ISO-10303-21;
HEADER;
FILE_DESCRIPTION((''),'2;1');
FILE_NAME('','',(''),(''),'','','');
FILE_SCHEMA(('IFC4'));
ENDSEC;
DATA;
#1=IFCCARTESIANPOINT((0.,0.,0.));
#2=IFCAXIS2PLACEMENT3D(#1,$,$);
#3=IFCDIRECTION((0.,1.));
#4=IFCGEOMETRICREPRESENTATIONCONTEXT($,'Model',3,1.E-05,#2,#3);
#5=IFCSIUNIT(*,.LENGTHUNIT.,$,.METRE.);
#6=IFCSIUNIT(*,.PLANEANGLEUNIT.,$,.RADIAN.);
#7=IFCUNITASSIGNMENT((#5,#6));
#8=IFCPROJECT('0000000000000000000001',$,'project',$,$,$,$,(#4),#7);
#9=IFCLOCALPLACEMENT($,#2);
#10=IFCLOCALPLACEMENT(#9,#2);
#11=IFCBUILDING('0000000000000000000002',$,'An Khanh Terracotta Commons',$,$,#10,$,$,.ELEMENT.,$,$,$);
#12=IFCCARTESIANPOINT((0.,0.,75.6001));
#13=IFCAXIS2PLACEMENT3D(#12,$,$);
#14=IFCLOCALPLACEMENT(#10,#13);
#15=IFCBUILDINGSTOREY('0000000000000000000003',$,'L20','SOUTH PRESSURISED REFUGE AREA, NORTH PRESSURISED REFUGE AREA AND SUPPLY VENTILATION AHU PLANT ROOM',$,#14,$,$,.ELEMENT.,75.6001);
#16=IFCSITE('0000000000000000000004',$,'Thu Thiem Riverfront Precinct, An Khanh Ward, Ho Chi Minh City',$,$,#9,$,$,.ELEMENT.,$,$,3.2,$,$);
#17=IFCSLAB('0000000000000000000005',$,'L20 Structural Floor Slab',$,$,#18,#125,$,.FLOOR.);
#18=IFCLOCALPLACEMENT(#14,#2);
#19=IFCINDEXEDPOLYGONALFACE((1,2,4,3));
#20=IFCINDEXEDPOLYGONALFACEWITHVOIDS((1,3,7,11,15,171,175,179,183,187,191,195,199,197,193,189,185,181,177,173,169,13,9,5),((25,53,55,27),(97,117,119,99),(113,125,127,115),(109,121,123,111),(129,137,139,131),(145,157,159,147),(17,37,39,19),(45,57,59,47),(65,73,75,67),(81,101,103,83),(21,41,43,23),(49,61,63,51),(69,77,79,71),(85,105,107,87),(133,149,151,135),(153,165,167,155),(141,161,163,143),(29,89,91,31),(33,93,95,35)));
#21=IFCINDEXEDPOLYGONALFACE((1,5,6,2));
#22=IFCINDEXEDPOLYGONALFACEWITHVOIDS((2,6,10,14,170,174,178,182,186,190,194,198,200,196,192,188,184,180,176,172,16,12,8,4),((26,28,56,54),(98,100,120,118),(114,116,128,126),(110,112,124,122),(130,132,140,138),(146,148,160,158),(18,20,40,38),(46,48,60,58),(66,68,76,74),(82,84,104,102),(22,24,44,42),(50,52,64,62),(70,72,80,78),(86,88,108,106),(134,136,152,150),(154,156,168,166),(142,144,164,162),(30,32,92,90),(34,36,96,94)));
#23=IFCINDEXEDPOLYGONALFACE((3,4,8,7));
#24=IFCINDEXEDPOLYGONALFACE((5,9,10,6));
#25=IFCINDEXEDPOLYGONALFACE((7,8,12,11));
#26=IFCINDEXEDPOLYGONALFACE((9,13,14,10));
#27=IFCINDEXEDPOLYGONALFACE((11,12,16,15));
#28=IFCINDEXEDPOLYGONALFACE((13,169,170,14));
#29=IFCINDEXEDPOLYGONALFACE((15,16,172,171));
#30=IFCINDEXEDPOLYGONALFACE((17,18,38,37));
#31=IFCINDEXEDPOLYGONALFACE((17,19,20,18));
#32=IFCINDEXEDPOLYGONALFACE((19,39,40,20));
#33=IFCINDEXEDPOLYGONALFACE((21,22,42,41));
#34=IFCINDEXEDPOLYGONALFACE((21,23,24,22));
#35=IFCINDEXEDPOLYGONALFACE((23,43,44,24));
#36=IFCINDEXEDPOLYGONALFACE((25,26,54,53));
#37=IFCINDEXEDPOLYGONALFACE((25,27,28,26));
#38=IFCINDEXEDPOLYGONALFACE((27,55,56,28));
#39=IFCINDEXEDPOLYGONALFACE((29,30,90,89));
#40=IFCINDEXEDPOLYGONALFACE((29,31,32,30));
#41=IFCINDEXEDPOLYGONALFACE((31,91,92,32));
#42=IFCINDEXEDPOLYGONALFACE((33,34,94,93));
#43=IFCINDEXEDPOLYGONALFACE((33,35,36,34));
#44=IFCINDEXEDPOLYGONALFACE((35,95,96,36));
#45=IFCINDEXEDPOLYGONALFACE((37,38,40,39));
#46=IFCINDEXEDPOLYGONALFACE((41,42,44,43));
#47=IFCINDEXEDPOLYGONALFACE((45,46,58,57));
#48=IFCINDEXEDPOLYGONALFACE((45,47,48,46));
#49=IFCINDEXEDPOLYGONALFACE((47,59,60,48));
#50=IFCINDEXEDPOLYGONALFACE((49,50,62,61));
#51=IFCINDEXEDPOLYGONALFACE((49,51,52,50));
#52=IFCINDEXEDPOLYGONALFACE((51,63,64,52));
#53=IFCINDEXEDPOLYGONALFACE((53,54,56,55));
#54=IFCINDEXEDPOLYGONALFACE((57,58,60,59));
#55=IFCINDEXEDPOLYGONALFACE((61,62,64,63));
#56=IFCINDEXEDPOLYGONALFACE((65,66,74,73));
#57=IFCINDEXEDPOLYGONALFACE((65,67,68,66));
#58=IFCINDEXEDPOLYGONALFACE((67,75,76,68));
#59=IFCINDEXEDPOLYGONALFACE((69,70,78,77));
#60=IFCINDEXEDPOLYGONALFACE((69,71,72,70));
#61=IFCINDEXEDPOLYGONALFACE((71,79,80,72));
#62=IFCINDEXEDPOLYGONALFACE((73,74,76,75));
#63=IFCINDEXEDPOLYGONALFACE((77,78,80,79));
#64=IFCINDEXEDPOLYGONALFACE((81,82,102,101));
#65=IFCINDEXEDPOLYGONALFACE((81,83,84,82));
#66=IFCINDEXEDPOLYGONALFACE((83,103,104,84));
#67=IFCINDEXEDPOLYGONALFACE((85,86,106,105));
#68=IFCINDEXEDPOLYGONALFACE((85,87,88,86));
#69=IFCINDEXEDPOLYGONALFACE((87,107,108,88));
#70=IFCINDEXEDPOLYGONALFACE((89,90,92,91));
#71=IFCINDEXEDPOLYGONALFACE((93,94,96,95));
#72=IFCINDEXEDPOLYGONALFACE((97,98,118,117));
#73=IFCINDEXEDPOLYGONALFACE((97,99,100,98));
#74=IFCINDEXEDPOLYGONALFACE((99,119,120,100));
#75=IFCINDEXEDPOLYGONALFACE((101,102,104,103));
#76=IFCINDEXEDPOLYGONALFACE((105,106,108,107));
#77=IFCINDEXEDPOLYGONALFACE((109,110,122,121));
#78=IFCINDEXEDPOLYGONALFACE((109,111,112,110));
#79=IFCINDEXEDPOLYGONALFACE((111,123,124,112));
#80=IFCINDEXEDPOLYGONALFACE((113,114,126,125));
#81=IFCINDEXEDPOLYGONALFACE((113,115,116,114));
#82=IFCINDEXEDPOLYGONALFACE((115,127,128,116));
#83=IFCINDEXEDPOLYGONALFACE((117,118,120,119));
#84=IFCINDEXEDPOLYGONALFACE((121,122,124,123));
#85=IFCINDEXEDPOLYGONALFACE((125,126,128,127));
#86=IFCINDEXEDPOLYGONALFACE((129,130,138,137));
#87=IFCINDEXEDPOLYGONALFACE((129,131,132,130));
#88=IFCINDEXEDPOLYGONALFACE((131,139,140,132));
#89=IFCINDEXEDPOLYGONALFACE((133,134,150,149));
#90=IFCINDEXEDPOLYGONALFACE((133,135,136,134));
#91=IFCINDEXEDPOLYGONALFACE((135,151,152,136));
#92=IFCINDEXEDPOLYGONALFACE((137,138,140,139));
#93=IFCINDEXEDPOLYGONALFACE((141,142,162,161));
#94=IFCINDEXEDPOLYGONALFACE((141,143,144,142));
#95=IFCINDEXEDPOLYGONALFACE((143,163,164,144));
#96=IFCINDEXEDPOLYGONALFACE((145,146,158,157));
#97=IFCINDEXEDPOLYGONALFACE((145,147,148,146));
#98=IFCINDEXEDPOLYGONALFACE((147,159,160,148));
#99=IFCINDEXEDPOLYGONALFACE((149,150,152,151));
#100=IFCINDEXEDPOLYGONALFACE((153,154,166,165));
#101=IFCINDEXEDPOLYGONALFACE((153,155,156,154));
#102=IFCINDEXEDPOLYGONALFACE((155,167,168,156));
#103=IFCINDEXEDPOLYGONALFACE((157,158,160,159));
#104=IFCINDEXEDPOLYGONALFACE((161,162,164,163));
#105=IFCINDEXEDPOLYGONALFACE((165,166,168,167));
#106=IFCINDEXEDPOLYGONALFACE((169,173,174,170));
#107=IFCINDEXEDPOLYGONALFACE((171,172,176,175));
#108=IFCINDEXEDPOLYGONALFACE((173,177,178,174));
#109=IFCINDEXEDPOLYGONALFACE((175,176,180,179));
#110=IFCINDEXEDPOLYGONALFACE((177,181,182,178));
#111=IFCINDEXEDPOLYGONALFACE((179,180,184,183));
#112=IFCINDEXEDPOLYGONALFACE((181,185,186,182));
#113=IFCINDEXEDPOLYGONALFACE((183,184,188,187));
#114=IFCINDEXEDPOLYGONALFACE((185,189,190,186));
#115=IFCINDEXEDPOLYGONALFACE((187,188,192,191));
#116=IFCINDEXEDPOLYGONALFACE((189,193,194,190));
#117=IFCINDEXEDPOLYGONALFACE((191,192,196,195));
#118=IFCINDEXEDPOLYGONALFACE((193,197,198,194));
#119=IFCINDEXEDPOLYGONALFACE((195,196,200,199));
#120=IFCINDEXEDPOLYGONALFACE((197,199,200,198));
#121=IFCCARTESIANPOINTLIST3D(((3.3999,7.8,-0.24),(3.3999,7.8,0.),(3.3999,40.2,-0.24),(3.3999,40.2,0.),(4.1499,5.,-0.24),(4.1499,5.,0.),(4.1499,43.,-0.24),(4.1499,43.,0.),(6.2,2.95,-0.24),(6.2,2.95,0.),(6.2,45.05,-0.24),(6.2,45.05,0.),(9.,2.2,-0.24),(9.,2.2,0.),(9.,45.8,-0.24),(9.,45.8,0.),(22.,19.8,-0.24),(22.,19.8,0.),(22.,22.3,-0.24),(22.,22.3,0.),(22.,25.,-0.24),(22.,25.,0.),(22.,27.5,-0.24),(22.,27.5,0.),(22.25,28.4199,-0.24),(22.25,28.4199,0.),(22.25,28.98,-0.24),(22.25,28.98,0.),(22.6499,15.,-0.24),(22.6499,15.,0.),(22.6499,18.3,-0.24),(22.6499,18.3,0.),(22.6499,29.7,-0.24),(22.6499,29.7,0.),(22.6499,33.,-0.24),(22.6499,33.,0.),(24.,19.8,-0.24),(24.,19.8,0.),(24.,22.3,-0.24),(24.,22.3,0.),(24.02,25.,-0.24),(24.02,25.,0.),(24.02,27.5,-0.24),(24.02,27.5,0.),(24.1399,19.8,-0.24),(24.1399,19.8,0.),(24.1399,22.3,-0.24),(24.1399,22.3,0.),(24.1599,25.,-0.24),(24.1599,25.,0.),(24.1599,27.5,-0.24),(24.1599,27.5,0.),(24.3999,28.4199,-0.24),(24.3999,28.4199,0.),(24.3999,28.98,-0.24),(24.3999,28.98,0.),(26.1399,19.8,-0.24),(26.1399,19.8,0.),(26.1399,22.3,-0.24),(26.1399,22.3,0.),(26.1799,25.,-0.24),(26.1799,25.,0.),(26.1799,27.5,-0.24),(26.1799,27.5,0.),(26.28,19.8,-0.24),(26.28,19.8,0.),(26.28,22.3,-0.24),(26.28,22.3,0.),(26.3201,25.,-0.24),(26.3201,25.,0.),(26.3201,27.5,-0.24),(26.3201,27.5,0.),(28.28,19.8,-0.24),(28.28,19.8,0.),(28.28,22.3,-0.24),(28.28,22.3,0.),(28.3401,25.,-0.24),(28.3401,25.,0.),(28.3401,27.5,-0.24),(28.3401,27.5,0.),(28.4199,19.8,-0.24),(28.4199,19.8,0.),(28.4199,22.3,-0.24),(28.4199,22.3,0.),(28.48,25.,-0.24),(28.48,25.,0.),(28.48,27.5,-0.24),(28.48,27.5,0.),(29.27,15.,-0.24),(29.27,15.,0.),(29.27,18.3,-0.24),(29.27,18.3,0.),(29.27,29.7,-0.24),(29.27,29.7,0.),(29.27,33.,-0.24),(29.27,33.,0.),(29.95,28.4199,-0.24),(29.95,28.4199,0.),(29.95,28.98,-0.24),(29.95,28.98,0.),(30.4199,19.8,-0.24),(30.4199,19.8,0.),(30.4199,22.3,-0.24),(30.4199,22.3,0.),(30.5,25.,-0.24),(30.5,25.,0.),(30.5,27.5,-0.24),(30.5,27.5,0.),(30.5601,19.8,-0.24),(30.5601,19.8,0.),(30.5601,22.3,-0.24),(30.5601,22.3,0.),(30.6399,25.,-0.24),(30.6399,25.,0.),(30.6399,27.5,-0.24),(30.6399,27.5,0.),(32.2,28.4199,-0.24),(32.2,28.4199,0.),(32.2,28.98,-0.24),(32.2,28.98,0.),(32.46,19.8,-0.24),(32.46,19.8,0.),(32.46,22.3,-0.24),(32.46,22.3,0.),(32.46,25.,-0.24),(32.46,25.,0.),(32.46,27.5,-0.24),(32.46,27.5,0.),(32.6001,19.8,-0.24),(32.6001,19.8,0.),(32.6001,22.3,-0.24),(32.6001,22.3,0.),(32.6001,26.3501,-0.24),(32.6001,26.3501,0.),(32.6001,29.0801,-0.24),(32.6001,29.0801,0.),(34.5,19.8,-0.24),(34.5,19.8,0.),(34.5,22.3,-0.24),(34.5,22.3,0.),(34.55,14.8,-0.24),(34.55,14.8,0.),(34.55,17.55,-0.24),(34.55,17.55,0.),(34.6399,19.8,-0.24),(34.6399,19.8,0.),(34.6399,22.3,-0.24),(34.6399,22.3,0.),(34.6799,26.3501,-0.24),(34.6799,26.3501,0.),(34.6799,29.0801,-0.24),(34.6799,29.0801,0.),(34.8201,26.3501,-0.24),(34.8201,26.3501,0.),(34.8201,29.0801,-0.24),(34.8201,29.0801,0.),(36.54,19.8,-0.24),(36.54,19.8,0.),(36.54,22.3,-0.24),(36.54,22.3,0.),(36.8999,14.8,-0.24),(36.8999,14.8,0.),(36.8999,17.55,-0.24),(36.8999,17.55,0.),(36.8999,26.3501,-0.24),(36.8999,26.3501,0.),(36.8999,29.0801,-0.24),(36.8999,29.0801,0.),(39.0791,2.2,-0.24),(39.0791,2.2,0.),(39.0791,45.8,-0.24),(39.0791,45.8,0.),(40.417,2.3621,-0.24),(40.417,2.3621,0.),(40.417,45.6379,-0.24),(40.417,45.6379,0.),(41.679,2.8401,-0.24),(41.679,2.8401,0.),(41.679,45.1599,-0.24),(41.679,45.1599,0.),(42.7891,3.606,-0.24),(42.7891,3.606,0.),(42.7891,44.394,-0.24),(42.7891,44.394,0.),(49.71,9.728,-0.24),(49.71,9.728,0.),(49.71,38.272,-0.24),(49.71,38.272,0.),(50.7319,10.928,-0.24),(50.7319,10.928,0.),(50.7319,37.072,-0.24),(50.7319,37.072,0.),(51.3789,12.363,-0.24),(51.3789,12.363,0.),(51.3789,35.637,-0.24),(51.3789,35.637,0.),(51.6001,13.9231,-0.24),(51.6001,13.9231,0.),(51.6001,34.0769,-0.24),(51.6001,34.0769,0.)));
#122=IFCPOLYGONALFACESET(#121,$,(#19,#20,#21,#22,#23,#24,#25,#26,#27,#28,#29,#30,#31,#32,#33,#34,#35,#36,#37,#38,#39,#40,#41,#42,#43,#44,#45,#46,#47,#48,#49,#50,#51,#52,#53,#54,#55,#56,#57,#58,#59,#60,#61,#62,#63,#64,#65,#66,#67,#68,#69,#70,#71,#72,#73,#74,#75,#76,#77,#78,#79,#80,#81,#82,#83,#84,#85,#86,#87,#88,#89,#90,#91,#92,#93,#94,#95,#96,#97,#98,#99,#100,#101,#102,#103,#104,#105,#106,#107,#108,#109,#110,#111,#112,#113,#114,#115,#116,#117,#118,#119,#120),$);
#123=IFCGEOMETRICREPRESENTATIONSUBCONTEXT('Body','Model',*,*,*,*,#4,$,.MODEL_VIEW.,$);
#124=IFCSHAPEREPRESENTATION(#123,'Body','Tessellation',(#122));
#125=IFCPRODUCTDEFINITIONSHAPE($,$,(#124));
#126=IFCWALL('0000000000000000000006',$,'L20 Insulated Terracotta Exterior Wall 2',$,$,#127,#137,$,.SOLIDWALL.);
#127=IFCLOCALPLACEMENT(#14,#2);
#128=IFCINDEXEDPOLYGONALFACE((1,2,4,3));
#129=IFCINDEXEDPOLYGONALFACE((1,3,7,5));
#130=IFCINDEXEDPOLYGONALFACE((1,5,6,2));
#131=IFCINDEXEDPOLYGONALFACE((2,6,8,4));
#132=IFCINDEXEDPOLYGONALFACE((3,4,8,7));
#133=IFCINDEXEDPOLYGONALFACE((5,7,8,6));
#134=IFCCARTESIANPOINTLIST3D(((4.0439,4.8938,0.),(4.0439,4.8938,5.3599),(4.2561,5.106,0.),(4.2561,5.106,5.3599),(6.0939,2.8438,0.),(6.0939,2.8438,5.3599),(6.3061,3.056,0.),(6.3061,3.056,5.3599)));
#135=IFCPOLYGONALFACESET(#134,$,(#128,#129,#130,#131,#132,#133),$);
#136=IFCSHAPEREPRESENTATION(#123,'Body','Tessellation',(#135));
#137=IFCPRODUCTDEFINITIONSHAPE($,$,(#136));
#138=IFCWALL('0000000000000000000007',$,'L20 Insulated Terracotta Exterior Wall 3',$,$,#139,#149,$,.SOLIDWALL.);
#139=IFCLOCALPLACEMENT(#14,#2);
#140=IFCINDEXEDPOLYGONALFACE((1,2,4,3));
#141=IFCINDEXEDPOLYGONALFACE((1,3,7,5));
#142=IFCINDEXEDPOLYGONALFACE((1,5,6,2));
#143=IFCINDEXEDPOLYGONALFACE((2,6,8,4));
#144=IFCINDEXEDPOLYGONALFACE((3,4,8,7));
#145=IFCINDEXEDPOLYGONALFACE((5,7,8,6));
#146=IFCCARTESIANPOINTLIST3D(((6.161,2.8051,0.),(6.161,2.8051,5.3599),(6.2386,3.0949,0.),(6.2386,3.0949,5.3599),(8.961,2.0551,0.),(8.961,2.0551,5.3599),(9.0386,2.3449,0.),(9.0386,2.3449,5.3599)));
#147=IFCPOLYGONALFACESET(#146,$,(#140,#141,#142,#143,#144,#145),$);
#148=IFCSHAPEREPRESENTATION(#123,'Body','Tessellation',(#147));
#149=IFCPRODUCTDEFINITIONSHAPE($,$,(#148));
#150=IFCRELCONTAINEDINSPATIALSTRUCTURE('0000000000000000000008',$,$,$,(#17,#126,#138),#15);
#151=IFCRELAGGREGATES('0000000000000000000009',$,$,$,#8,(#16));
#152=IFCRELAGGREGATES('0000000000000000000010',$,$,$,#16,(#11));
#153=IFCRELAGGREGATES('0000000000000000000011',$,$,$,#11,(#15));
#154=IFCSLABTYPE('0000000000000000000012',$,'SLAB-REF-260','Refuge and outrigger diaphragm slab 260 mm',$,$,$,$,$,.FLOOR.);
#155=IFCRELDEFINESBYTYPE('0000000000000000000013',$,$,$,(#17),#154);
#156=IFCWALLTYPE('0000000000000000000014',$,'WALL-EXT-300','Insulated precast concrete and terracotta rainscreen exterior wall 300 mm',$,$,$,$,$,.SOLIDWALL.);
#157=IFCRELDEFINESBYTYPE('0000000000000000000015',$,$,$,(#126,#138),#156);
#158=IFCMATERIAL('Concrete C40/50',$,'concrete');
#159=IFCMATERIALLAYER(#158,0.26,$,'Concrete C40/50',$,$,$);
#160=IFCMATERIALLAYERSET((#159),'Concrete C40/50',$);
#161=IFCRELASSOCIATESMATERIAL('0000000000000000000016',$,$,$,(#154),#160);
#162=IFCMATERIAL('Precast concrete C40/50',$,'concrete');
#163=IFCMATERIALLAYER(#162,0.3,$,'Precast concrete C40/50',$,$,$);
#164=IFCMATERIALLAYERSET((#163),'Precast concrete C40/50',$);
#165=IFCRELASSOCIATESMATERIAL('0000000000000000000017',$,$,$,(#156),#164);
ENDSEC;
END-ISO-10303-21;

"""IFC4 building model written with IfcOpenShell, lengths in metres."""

from ifc_helpers import new_model, si_unit, direction, frame, frame_2d, origin, place, context, subcontext, project, spatial, polyline, rectangle, outline, extrude, material, layer, layer_set, type_object, element, save


model = new_model("IFC4")

# Units and contexts
model_context = context("Model", 3, precision=1e-05, world=origin(), true_north=direction((0.0, 1.0)))
body_context = subcontext(model_context, "Body", "Model", "MODEL_VIEW")
ifc_project = project(units=[si_unit("LENGTHUNIT", "METRE"), si_unit("PLANEANGLEUNIT", "RADIAN")], contexts=[model_context])

# Site, building, storey
site_placement = place(None, origin())
site = spatial("IfcSite", under=ifc_project, at=site_placement, Name="Thu Thiem Riverfront Precinct, An Khanh Ward, Ho Chi Minh City", CompositionType="ELEMENT", RefElevation=3.2)
building_placement = place(site_placement, origin())
building = spatial("IfcBuilding", under=site, at=building_placement, Name="An Khanh Terracotta Commons", CompositionType="ELEMENT")
storey_placement = place(building_placement, frame((0.0, 0.0, 75.6001)))
storey = spatial("IfcBuildingStorey", under=building, at=storey_placement, Name="L20", Description="SOUTH PRESSURISED REFUGE AREA, NORTH PRESSURISED REFUGE AREA AND SUPPLY VENTILATION AHU PLANT ROOM", CompositionType="ELEMENT", Elevation=75.6001)

# Shared definitions
ifc_material_1 = material(Name="Precast concrete C40/50", Category="concrete")
ifc_material_2 = material(Name="Concrete C40/50", Category="concrete")

# Slab
ifc_layer_1 = layer(ifc_material_2, 0.26, Name="Concrete C40/50")
ifc_layer_set_1 = layer_set([ifc_layer_1], Name="Concrete C40/50")
slab_type_1 = type_object("IfcSlabType", Name="SLAB-REF-260", Description="Refuge and outrigger diaphragm slab 260 mm", PredefinedType="FLOOR", material=ifc_layer_set_1)
slab_1_placement = place(storey_placement, frame((0.0, 0.0, -0.24)))
element("IfcSlab", 1, at=slab_1_placement, inside=storey, type_object=slab_type_1, Name="L20 Structural Floor Slab", PredefinedType="FLOOR", context=body_context, shape_type="SweptSolid", body=[
    extrude(outline(polyline([(3.3999, 7.8), (4.1499, 5.0), (6.2, 2.95), (9.0, 2.2), (39.0791, 2.2), (40.417, 2.3621), (41.679, 2.8401), (42.7891, 3.606), (49.71, 9.728), (50.7319, 10.928), (51.3789, 12.363), (51.6001, 13.9231), (51.6001, 34.0769), (51.3789, 35.637), (50.7319, 37.072), (49.71, 38.272), (42.7891, 44.394), (41.679, 45.1599), (40.417, 45.6379), (39.0791, 45.8), (9.0, 45.8), (6.2, 45.05), (4.1499, 43.0), (3.3999, 40.2), (3.3999, 7.8)]), holes=[polyline([(22.6499, 29.7), (29.27, 29.7), (29.27, 33.0), (22.6499, 33.0), (22.6499, 29.7)]), polyline([(22.6499, 15.0), (29.27, 15.0), (29.27, 18.3), (22.6499, 18.3), (22.6499, 15.0)]), polyline([(32.6001, 26.3501), (34.6799, 26.3501), (34.6799, 29.0801), (32.6001, 29.0801), (32.6001, 26.3501)]), polyline([(34.8201, 26.3501), (36.8999, 26.3501), (36.8999, 29.0801), (34.8201, 29.0801), (34.8201, 26.3501)]), polyline([(34.55, 14.8), (36.8999, 14.8), (36.8999, 17.55), (34.55, 17.55), (34.55, 14.8)]), polyline([(22.0, 25.0), (24.02, 25.0), (24.02, 27.5), (22.0, 27.5), (22.0, 25.0)]), polyline([(24.1599, 25.0), (26.1799, 25.0), (26.1799, 27.5), (24.1599, 27.5), (24.1599, 25.0)]), polyline([(22.0, 19.8), (24.0, 19.8), (24.0, 22.3), (22.0, 22.3), (22.0, 19.8)]), polyline([(24.1399, 19.8), (26.1399, 19.8), (26.1399, 22.3), (24.1399, 22.3), (24.1399, 19.8)]), polyline([(26.3201, 25.0), (28.3401, 25.0), (28.3401, 27.5), (26.3201, 27.5), (26.3201, 25.0)]), polyline([(28.48, 25.0), (30.5, 25.0), (30.5, 27.5), (28.48, 27.5), (28.48, 25.0)]), polyline([(26.28, 19.8), (28.28, 19.8), (28.28, 22.3), (26.28, 22.3), (26.28, 19.8)]), polyline([(28.4199, 19.8), (30.4199, 19.8), (30.4199, 22.3), (28.4199, 22.3), (28.4199, 19.8)]), polyline([(30.6399, 25.0), (32.46, 25.0), (32.46, 27.5), (30.6399, 27.5), (30.6399, 25.0)]), polyline([(30.5601, 19.8), (32.46, 19.8), (32.46, 22.3), (30.5601, 22.3), (30.5601, 19.8)]), polyline([(32.6001, 19.8), (34.5, 19.8), (34.5, 22.3), (32.6001, 22.3), (32.6001, 19.8)]), polyline([(34.6399, 19.8), (36.54, 19.8), (36.54, 22.3), (34.6399, 22.3), (34.6399, 19.8)]), polyline([(22.25, 28.4199), (24.3999, 28.4199), (24.3999, 28.98), (22.25, 28.98), (22.25, 28.4199)]), polyline([(29.95, 28.4199), (32.2, 28.4199), (32.2, 28.98), (29.95, 28.98), (29.95, 28.4199)])]), origin(), (0.0, 0.0, 1.0), 0.24),
])

# Walls
ifc_layer_2 = layer(ifc_material_1, 0.3, Name="Precast concrete C40/50")
ifc_layer_set_2 = layer_set([ifc_layer_2], Name="Precast concrete C40/50")
wall_type_1 = type_object("IfcWallType", Name="WALL-EXT-300", Description="Insulated precast concrete and terracotta rainscreen exterior wall 300 mm", PredefinedType="SOLIDWALL", material=ifc_layer_set_2)
wall_1_placement = place(storey_placement, frame((4.1499, 5.0, 0.0), z_axis=(0.0, 0.0, 1.0), x_axis=(0.707107, -0.707107, 0.0)))
element("IfcWall", 2, at=wall_1_placement, inside=storey, type_object=wall_type_1, Name="L20 Insulated Terracotta Exterior Wall 2", PredefinedType="SOLIDWALL", context=body_context, shape_type="SweptSolid", body=[
    extrude(rectangle(XDim=2.8992, YDim=0.3, at=frame_2d((1.4497, 0.0))), origin(), (0.0, 0.0, 1.0), 5.3599),
])
wall_2_placement = place(storey_placement, frame((6.2, 2.95, 0.0), z_axis=(0.0, 0.0, 1.0), x_axis=(0.965949, -0.258732, 0.0)))
element("IfcWall", 3, at=wall_2_placement, inside=storey, type_object=wall_type_1, Name="L20 Insulated Terracotta Exterior Wall 3", PredefinedType="SOLIDWALL", context=body_context, shape_type="SweptSolid", body=[
    extrude(rectangle(XDim=2.8987, YDim=0.3, at=frame_2d((1.4492, 0.0))), origin(), (0.0, 0.0, 1.0), 5.3599),
])

save(model, "model.ifc")
